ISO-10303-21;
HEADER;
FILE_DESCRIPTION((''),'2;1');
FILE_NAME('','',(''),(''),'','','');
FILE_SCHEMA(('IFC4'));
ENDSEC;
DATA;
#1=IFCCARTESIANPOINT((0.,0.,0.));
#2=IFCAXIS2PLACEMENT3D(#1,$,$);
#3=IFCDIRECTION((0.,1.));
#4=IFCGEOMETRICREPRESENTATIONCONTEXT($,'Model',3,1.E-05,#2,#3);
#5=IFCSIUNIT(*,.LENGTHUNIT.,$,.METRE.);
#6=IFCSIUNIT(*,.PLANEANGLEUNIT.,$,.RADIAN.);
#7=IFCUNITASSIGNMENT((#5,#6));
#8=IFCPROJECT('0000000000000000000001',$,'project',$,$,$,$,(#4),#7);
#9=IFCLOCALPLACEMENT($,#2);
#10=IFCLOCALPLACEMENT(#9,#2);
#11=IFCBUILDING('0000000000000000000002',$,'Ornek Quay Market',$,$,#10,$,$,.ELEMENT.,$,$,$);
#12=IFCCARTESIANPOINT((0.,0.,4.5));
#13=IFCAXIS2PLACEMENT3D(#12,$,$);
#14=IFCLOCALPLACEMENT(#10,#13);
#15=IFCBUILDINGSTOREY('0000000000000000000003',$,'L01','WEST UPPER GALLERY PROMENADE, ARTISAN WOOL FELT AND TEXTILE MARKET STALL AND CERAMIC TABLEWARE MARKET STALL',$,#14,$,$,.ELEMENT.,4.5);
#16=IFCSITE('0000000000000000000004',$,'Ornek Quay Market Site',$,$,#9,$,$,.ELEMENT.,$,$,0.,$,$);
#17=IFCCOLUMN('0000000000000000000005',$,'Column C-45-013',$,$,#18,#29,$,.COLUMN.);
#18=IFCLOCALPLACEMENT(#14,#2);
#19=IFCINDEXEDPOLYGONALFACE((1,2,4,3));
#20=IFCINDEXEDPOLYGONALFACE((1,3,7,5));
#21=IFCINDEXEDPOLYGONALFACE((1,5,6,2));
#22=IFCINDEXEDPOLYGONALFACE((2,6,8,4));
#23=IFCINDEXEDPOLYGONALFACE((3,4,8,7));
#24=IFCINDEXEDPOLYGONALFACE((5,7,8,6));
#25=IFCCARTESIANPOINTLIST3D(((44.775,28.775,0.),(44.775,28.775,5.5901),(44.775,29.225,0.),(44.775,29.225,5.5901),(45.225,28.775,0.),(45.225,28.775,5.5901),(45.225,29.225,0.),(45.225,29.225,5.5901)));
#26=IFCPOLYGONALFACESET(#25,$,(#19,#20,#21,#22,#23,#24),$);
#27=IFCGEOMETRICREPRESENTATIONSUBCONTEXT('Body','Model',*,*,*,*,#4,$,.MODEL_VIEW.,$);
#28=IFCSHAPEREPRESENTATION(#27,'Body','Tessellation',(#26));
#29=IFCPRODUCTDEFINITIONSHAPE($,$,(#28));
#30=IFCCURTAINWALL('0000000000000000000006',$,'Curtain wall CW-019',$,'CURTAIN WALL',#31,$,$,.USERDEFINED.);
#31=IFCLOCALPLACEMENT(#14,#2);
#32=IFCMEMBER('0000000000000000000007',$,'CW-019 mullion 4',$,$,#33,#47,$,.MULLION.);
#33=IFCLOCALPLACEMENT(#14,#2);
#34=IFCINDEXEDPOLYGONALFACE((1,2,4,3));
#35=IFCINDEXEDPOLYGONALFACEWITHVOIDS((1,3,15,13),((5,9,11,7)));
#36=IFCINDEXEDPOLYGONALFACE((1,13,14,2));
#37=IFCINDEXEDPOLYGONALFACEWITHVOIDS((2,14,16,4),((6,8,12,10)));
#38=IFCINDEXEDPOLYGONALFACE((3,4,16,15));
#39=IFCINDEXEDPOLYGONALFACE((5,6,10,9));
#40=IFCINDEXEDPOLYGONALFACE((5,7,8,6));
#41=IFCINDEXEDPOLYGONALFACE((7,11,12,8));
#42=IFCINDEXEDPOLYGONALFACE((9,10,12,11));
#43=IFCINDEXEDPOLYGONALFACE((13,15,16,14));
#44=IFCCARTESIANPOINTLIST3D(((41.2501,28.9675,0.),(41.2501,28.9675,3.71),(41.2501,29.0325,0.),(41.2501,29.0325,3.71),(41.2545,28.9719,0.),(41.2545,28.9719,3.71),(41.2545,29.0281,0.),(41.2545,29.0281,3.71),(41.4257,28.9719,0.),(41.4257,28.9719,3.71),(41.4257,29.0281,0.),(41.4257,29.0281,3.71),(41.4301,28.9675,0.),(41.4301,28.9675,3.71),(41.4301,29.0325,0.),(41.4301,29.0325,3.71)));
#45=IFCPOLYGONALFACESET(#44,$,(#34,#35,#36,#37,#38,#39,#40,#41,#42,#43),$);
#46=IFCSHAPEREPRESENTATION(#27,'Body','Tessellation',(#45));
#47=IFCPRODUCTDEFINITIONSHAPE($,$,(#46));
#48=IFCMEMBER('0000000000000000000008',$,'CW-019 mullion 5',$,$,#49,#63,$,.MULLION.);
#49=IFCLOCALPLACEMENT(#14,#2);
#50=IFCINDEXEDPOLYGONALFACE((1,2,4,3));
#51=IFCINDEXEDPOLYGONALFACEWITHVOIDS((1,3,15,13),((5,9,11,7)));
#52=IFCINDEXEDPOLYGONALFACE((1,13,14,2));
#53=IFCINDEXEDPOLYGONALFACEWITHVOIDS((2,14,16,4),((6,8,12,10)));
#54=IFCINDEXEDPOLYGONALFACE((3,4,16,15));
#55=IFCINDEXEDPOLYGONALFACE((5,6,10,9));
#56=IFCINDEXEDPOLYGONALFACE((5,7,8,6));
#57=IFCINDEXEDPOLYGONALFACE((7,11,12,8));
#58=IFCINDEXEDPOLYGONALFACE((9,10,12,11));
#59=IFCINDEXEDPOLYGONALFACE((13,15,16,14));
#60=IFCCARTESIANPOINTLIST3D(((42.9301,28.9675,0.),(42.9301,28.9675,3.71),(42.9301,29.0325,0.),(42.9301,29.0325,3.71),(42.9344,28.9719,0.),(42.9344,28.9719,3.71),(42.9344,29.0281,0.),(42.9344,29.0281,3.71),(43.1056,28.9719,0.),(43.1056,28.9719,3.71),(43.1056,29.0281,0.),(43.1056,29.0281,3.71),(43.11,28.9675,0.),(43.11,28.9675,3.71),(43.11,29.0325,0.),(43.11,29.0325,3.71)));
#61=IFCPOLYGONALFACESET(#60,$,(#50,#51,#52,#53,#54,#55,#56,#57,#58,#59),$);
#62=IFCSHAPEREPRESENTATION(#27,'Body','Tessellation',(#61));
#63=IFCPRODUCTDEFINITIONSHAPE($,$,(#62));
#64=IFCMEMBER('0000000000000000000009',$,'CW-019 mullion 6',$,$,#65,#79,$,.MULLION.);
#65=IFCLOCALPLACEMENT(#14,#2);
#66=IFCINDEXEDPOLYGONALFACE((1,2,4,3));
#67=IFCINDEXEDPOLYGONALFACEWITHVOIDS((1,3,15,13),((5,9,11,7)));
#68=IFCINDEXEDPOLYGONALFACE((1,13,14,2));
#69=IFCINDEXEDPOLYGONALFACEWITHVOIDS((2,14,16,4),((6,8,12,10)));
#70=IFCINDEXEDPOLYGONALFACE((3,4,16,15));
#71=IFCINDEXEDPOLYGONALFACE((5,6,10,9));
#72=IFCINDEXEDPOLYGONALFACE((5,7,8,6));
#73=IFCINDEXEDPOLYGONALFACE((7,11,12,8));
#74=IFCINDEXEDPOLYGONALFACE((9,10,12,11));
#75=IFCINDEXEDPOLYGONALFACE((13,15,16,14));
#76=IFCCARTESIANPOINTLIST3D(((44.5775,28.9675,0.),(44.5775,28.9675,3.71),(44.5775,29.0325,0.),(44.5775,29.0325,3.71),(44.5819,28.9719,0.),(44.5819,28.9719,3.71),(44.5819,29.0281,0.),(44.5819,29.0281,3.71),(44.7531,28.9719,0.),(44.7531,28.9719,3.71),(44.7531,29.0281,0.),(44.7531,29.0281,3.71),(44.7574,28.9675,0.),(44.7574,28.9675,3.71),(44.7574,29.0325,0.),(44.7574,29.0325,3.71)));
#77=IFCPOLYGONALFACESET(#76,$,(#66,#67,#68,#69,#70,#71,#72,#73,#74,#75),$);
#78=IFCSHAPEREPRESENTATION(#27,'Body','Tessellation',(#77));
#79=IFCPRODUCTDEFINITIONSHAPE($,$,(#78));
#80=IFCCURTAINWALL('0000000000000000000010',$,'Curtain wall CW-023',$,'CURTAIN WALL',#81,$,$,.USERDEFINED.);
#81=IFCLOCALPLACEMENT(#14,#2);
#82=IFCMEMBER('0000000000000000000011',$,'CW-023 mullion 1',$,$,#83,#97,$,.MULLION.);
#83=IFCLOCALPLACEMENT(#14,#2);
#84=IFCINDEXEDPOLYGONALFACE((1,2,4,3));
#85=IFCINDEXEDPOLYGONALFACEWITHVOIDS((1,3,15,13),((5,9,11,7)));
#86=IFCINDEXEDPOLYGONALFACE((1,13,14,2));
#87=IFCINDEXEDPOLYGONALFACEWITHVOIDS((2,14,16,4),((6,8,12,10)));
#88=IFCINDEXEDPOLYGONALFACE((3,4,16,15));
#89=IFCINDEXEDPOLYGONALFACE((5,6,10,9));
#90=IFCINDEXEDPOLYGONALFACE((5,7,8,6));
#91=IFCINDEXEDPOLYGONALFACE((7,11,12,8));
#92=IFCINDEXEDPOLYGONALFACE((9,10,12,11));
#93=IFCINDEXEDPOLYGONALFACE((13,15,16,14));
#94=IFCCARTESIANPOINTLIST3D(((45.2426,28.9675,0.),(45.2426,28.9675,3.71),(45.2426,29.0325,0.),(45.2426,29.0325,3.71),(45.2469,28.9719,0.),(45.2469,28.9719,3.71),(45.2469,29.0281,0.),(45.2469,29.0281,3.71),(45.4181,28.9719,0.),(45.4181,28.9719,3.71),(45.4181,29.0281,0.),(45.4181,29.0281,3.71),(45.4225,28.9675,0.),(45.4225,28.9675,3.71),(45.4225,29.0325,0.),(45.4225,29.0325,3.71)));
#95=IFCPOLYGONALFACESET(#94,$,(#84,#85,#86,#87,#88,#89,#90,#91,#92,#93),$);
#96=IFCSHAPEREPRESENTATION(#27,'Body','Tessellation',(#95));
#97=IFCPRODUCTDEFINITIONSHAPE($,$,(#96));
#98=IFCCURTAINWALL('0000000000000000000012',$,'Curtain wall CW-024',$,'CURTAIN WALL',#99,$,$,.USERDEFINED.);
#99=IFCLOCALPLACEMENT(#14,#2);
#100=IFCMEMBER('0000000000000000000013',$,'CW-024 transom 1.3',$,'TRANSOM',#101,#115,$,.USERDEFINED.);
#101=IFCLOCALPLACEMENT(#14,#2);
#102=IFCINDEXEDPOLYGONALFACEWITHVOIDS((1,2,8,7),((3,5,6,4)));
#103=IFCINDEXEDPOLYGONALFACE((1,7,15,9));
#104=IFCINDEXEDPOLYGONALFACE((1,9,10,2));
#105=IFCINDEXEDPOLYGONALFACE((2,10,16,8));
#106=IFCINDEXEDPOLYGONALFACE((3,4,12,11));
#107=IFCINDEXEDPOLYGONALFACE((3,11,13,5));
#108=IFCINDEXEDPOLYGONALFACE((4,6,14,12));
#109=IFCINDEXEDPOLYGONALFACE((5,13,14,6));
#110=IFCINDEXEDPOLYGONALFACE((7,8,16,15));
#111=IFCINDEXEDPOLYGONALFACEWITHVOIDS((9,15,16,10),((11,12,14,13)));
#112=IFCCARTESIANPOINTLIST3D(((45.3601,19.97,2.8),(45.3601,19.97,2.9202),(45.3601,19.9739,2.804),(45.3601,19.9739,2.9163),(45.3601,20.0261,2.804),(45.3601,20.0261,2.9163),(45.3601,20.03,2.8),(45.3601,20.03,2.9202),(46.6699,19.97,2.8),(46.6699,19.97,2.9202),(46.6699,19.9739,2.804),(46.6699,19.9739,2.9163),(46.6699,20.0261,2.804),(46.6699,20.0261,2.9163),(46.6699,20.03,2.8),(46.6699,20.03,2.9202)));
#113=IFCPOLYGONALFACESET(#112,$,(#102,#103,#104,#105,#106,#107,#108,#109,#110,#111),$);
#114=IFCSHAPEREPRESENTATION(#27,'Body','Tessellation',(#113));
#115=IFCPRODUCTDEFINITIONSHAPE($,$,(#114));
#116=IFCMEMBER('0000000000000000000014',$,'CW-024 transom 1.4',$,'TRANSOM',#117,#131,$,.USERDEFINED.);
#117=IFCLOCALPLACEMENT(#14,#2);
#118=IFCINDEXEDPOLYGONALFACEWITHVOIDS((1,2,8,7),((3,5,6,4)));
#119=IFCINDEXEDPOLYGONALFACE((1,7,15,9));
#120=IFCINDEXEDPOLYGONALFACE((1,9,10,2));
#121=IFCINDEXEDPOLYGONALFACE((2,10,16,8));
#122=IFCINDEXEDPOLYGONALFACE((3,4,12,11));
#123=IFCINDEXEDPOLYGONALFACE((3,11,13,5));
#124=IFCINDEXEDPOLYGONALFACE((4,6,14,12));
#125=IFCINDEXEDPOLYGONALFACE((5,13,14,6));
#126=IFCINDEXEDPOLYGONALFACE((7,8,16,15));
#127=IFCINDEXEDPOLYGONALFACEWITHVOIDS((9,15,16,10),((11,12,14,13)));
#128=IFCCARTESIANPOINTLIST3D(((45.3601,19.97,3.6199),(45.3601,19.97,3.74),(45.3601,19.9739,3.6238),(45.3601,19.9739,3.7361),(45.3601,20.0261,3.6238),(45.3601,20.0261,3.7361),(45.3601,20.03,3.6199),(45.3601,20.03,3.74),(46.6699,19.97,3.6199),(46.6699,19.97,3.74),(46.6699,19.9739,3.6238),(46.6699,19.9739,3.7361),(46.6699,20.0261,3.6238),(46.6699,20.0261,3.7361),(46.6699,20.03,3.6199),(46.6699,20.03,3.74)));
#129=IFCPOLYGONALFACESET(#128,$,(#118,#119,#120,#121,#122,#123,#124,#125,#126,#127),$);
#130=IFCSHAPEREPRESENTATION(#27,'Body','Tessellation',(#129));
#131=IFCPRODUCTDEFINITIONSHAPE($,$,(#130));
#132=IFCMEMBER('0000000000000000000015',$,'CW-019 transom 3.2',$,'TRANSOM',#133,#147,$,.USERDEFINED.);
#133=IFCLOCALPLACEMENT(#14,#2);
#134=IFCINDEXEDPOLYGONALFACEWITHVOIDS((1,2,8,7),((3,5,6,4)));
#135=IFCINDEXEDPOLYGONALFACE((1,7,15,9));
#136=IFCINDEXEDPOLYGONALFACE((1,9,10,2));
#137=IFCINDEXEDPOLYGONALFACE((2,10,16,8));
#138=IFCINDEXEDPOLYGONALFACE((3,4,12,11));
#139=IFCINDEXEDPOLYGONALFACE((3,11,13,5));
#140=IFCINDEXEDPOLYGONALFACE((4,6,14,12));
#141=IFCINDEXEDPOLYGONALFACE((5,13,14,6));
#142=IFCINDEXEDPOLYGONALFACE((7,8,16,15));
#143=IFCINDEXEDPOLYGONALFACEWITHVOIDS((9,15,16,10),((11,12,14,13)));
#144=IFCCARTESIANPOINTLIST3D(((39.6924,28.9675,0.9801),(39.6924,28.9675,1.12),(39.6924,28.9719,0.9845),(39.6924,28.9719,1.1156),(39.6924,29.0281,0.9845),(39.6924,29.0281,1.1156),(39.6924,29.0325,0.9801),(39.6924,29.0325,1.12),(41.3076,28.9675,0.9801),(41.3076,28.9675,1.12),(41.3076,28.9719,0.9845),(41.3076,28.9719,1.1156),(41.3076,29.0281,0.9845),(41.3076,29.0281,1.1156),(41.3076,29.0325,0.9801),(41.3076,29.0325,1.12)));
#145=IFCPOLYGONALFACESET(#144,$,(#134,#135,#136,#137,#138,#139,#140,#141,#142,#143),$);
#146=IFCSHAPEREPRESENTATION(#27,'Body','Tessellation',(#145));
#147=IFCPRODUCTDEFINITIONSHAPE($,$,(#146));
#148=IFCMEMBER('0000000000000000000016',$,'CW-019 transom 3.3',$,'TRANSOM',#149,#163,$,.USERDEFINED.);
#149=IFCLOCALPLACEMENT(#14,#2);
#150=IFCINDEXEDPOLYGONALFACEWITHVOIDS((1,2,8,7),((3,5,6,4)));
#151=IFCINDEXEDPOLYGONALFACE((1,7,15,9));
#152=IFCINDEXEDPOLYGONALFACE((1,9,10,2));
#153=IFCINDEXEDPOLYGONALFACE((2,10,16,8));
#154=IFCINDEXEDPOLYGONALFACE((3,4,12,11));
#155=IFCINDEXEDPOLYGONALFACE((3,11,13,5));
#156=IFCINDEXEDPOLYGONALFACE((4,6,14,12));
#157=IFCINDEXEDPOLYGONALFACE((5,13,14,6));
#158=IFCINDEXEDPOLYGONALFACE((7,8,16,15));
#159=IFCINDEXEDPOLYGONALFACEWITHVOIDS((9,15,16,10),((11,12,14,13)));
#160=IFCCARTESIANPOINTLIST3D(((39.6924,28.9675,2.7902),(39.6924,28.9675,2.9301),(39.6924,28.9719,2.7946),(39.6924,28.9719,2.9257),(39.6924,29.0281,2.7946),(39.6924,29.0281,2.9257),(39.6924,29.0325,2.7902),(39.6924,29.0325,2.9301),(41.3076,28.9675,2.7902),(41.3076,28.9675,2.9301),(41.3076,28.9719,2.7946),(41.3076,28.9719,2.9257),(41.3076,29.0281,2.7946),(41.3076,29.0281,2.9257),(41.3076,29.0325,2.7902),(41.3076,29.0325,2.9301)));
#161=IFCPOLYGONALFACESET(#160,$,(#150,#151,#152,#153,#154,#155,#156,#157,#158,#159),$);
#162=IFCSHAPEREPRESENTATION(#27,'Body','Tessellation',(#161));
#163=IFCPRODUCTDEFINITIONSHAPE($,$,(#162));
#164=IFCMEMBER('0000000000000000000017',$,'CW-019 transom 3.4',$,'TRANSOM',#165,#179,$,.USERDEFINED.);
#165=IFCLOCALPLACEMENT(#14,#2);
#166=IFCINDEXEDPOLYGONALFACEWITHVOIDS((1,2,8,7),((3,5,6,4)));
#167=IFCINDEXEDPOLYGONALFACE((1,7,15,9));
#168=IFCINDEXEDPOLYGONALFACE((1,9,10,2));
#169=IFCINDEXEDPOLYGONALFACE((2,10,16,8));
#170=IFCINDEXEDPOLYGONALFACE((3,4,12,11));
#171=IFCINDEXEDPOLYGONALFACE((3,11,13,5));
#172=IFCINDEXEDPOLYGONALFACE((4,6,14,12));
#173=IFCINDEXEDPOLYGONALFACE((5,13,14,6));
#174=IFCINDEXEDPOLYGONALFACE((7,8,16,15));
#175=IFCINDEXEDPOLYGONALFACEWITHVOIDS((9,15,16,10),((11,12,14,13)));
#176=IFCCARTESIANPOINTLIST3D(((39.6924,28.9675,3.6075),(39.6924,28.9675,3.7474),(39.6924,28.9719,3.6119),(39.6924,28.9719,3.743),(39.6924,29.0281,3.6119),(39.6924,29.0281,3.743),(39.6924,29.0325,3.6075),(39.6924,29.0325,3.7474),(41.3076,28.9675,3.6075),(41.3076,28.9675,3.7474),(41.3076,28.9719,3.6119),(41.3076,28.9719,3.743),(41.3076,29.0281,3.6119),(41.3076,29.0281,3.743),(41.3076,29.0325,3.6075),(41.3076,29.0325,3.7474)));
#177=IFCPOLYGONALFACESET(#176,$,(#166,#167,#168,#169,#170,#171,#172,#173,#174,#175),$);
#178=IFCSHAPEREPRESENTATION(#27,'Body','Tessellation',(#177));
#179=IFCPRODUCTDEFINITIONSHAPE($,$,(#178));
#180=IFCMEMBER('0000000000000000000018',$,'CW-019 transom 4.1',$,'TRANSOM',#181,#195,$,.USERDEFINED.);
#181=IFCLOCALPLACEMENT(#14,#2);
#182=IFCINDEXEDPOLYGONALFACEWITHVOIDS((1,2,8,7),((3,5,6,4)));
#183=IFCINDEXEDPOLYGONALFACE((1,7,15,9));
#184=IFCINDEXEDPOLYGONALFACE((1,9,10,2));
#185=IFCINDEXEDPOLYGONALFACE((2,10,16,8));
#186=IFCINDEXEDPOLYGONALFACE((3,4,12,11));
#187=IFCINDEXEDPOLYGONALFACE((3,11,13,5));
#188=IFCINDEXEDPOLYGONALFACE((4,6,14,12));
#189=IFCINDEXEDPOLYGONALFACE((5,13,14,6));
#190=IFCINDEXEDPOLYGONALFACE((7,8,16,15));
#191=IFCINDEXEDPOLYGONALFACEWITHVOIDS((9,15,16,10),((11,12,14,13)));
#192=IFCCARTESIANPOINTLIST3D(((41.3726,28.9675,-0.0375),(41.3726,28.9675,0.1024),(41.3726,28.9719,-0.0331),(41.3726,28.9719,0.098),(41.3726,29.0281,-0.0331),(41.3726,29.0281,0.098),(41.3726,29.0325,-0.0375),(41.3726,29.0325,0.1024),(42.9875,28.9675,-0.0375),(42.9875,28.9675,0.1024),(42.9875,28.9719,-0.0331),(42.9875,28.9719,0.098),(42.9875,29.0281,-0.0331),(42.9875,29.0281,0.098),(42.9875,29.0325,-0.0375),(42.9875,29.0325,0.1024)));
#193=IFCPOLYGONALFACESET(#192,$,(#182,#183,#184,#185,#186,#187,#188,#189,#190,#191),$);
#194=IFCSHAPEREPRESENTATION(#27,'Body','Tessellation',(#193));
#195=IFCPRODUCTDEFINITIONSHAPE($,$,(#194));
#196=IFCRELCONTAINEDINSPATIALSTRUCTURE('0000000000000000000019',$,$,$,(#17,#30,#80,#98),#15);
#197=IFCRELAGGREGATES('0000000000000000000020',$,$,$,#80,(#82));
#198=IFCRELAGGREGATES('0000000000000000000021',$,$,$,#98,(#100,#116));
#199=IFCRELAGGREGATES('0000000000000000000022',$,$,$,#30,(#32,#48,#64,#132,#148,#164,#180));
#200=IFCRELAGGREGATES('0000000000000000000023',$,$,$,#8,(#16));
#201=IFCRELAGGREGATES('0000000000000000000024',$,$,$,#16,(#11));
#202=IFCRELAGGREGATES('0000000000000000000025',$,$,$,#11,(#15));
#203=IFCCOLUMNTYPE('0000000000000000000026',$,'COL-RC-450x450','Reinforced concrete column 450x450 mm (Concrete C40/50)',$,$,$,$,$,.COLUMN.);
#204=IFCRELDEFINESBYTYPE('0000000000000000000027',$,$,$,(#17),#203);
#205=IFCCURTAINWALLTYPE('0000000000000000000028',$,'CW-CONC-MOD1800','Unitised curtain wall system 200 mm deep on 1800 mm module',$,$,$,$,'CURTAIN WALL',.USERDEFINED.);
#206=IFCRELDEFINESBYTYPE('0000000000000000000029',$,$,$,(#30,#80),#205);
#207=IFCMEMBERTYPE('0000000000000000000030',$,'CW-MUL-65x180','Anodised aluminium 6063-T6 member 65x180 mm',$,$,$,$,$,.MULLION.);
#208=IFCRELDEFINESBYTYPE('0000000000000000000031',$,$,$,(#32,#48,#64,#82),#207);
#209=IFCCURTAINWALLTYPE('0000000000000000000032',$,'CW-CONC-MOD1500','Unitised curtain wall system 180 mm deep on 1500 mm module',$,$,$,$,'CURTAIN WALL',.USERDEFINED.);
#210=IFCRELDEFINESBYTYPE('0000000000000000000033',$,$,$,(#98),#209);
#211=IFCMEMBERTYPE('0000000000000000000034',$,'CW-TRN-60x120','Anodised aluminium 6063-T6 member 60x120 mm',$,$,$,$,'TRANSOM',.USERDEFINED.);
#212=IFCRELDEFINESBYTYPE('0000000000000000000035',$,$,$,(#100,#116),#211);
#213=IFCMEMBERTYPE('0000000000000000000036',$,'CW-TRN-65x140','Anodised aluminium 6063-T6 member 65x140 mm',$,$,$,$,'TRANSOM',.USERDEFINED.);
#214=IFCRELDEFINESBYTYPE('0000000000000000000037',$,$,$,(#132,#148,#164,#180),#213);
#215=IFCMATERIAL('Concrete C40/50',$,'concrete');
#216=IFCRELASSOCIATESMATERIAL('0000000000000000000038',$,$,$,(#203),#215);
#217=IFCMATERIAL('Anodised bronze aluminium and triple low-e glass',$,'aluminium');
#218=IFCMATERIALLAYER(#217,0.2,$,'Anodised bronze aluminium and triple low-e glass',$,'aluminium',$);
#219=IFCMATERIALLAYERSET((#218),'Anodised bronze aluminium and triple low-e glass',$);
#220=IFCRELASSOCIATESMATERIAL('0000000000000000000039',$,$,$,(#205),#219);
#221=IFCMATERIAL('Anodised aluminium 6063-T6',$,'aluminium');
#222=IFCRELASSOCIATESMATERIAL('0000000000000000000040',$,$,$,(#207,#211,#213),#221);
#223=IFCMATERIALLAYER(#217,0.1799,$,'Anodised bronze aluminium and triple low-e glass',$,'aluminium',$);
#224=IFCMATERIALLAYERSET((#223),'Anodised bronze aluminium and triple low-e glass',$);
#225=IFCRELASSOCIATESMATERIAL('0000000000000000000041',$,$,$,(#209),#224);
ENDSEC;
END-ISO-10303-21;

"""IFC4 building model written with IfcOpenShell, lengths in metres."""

from ifc_helpers import new_model, si_unit, direction, frame, origin, origin_2d, place, context, subcontext, project, spatial, rectangle, hollow_rectangle, extrude, material, layer, layer_set, material_profile, profile_set, type_object, element, aggregate, save


model = new_model("IFC4")

# Units and contexts
model_context = context("Model", 3, precision=1e-05, world=origin(), true_north=direction((0.0, 1.0)))
body_context = subcontext(model_context, "Body", "Model", "MODEL_VIEW")
ifc_project = project(units=[si_unit("LENGTHUNIT", "METRE"), si_unit("PLANEANGLEUNIT", "RADIAN")], contexts=[model_context])

# Site, building, storey
site_placement = place(None, origin())
site = spatial("IfcSite", under=ifc_project, at=site_placement, Name="Ornek Quay Market Site", CompositionType="ELEMENT", RefElevation=0.0)
building_placement = place(site_placement, origin())
building = spatial("IfcBuilding", under=site, at=building_placement, Name="Ornek Quay Market", CompositionType="ELEMENT")
storey_placement = place(building_placement, frame((0.0, 0.0, 4.5)))
storey = spatial("IfcBuildingStorey", under=building, at=storey_placement, Name="L01", Description="WEST UPPER GALLERY PROMENADE, ARTISAN WOOL FELT AND TEXTILE MARKET STALL AND CERAMIC TABLEWARE MARKET STALL", CompositionType="ELEMENT", Elevation=4.5)

# Column
ifc_material_1 = material(Name="Concrete C40/50", Category="concrete")
ifc_material_profile_1 = material_profile(ifc_material_1, rectangle(XDim=0.45, YDim=0.45, at=origin_2d()), Name="RC 450x450", Category="concrete")
ifc_profile_set_1 = profile_set([ifc_material_profile_1], Name="Concrete C40/50")
column_type = type_object("IfcColumnType", Name="COL-RC-450x450", Description="Reinforced concrete column 450x450 mm (Concrete C40/50)", PredefinedType="COLUMN", material=ifc_profile_set_1)
column_placement = place(storey_placement, frame((45.0, 29.0, 0.0), z_axis=(0.0, 0.0, 1.0), x_axis=(1.0, 0.0, 0.0)))
element("IfcColumn", 1, at=column_placement, inside=storey, type_object=column_type, Name="Column C-45-013", PredefinedType="COLUMN", context=body_context, shape_type="SweptSolid", body=[
    extrude(rectangle(XDim=0.45, YDim=0.45, at=origin_2d()), origin(), (0.0, 0.0, 1.0), 5.5901),
])

# Curtain wall, members
ifc_material_2 = material(Name="Anodised bronze aluminium and triple low-e glass", Category="aluminium")
ifc_layer_1 = layer(ifc_material_2, 0.2, Name="Anodised bronze aluminium and triple low-e glass", Category="aluminium")
ifc_layer_set_1 = layer_set([ifc_layer_1], Name="Anodised bronze aluminium and triple low-e glass")
curtain_wall_type_1 = type_object("IfcCurtainWallType", Name="CW-CONC-MOD1800", Description="Unitised curtain wall system 200 mm deep on 1800 mm module", ElementType="CURTAIN WALL", PredefinedType="USERDEFINED", material=ifc_layer_set_1)
curtain_wall_1_placement = place(storey_placement, origin())
curtain_wall_1 = element("IfcCurtainWall", 2, at=curtain_wall_1_placement, inside=storey, type_object=curtain_wall_type_1, Name="Curtain wall CW-019", ObjectType="CURTAIN WALL", PredefinedType="USERDEFINED")
ifc_material_3 = material(Name="Anodised aluminium 6063-T6", Category="aluminium")
ifc_material_profile_2 = material_profile(ifc_material_3, hollow_rectangle(XDim=0.0649, YDim=0.1799, WallThickness=0.0044, at=origin_2d()), Name="CW-MUL-65x180", Category="aluminium")
ifc_profile_set_2 = profile_set([ifc_material_profile_2], Name="Anodised aluminium 6063-T6")
member_type_1 = type_object("IfcMemberType", Name="CW-MUL-65x180", Description="Anodised aluminium 6063-T6 member 65x180 mm", PredefinedType="MULLION", material=ifc_profile_set_2)
member_1_placement = place(storey_placement, frame((41.3401, 29.0, 0.0), z_axis=(0.0, 0.0, 1.0), x_axis=(0.0, 1.0, 0.0)))
member_1 = element("IfcMember", 3, at=member_1_placement, type_object=member_type_1, Name="CW-019 mullion 4", PredefinedType="MULLION", context=body_context, shape_type="SweptSolid", body=[
    extrude(hollow_rectangle(XDim=0.0649, YDim=0.1799, WallThickness=0.0044, at=origin_2d()), origin(), (0.0, 0.0, 1.0), 3.71),
])
member_2_placement = place(storey_placement, frame((43.02, 29.0, 0.0), z_axis=(0.0, 0.0, 1.0), x_axis=(0.0, 1.0, 0.0)))
member_2 = element("IfcMember", 4, at=member_2_placement, type_object=member_type_1, Name="CW-019 mullion 5", PredefinedType="MULLION", context=body_context, shape_type="SweptSolid", body=[
    extrude(hollow_rectangle(XDim=0.0649, YDim=0.1799, WallThickness=0.0044, at=origin_2d()), origin(), (0.0, 0.0, 1.0), 3.71),
])
member_3_placement = place(storey_placement, frame((44.6675, 29.0, 0.0), z_axis=(0.0, 0.0, 1.0), x_axis=(0.0, 1.0, 0.0)))
member_3 = element("IfcMember", 5, at=member_3_placement, type_object=member_type_1, Name="CW-019 mullion 6", PredefinedType="MULLION", context=body_context, shape_type="SweptSolid", body=[
    extrude(hollow_rectangle(XDim=0.0649, YDim=0.1799, WallThickness=0.0044, at=origin_2d()), origin(), (0.0, 0.0, 1.0), 3.71),
])

# Curtain wall, member
curtain_wall_2_placement = place(storey_placement, origin())
curtain_wall_2 = element("IfcCurtainWall", 6, at=curtain_wall_2_placement, inside=storey, type_object=curtain_wall_type_1, Name="Curtain wall CW-023", ObjectType="CURTAIN WALL", PredefinedType="USERDEFINED")
member_4_placement = place(storey_placement, frame((45.3325, 29.0, 0.0), z_axis=(0.0, 0.0, 1.0), x_axis=(0.0, 1.0, 0.0)))
member_4 = element("IfcMember", 7, at=member_4_placement, type_object=member_type_1, Name="CW-023 mullion 1", PredefinedType="MULLION", context=body_context, shape_type="SweptSolid", body=[
    extrude(hollow_rectangle(XDim=0.0649, YDim=0.1799, WallThickness=0.0044, at=origin_2d()), origin(), (0.0, 0.0, 1.0), 3.71),
])

# Curtain wall, members
ifc_layer_2 = layer(ifc_material_2, 0.1799, Name="Anodised bronze aluminium and triple low-e glass", Category="aluminium")
ifc_layer_set_2 = layer_set([ifc_layer_2], Name="Anodised bronze aluminium and triple low-e glass")
curtain_wall_type_2 = type_object("IfcCurtainWallType", Name="CW-CONC-MOD1500", Description="Unitised curtain wall system 180 mm deep on 1500 mm module", ElementType="CURTAIN WALL", PredefinedType="USERDEFINED", material=ifc_layer_set_2)
curtain_wall_3_placement = place(storey_placement, origin())
curtain_wall_3 = element("IfcCurtainWall", 8, at=curtain_wall_3_placement, inside=storey, type_object=curtain_wall_type_2, Name="Curtain wall CW-024", ObjectType="CURTAIN WALL", PredefinedType="USERDEFINED")
ifc_material_profile_3 = material_profile(ifc_material_3, hollow_rectangle(XDim=0.0601, YDim=0.1201, WallThickness=0.0039, at=origin_2d()), Name="CW-TRN-60x120", Category="aluminium")
ifc_profile_set_3 = profile_set([ifc_material_profile_3], Name="Anodised aluminium 6063-T6")
member_type_2 = type_object("IfcMemberType", Name="CW-TRN-60x120", Description="Anodised aluminium 6063-T6 member 60x120 mm", ElementType="TRANSOM", PredefinedType="USERDEFINED", material=ifc_profile_set_3)
member_5_placement = place(storey_placement, frame((45.3601, 20.0, 2.8601), z_axis=(1.0, 0.0, 0.0), x_axis=(0.0, 1.0, 0.0)))
member_5 = element("IfcMember", 9, at=member_5_placement, type_object=member_type_2, Name="CW-024 transom 1.3", ObjectType="TRANSOM", PredefinedType="USERDEFINED", context=body_context, shape_type="SweptSolid", body=[
    extrude(hollow_rectangle(XDim=0.0601, YDim=0.1201, WallThickness=0.0039, at=origin_2d()), origin(), (0.0, 0.0, 1.0), 1.3098),
])
member_6_placement = place(storey_placement, frame((45.3601, 20.0, 3.6799), z_axis=(1.0, 0.0, 0.0), x_axis=(0.0, 1.0, 0.0)))
member_6 = element("IfcMember", 10, at=member_6_placement, type_object=member_type_2, Name="CW-024 transom 1.4", ObjectType="TRANSOM", PredefinedType="USERDEFINED", context=body_context, shape_type="SweptSolid", body=[
    extrude(hollow_rectangle(XDim=0.0601, YDim=0.1201, WallThickness=0.0039, at=origin_2d()), origin(), (0.0, 0.0, 1.0), 1.3098),
])

# Members
ifc_material_profile_4 = material_profile(ifc_material_3, hollow_rectangle(XDim=0.0649, YDim=0.1399, WallThickness=0.0044, at=origin_2d()), Name="CW-TRN-65x140", Category="aluminium")
ifc_profile_set_4 = profile_set([ifc_material_profile_4], Name="Anodised aluminium 6063-T6")
member_type_3 = type_object("IfcMemberType", Name="CW-TRN-65x140", Description="Anodised aluminium 6063-T6 member 65x140 mm", ElementType="TRANSOM", PredefinedType="USERDEFINED", material=ifc_profile_set_4)
member_7_placement = place(storey_placement, frame((39.6924, 29.0, 1.05), z_axis=(1.0, 0.0, 0.0), x_axis=(0.0, 1.0, 0.0)))
member_7 = element("IfcMember", 11, at=member_7_placement, type_object=member_type_3, Name="CW-019 transom 3.2", ObjectType="TRANSOM", PredefinedType="USERDEFINED", context=body_context, shape_type="SweptSolid", body=[
    extrude(hollow_rectangle(XDim=0.0649, YDim=0.1399, WallThickness=0.0044, at=origin_2d()), origin(), (0.0, 0.0, 1.0), 1.6152),
])
member_8_placement = place(storey_placement, frame((39.6924, 29.0, 2.8601), z_axis=(1.0, 0.0, 0.0), x_axis=(0.0, 1.0, 0.0)))
member_8 = element("IfcMember", 12, at=member_8_placement, type_object=member_type_3, Name="CW-019 transom 3.3", ObjectType="TRANSOM", PredefinedType="USERDEFINED", context=body_context, shape_type="SweptSolid", body=[
    extrude(hollow_rectangle(XDim=0.0649, YDim=0.1399, WallThickness=0.0044, at=origin_2d()), origin(), (0.0, 0.0, 1.0), 1.6152),
])
member_9_placement = place(storey_placement, frame((39.6924, 29.0, 3.6775), z_axis=(1.0, 0.0, 0.0), x_axis=(0.0, 1.0, 0.0)))
member_9 = element("IfcMember", 13, at=member_9_placement, type_object=member_type_3, Name="CW-019 transom 3.4", ObjectType="TRANSOM", PredefinedType="USERDEFINED", context=body_context, shape_type="SweptSolid", body=[
    extrude(hollow_rectangle(XDim=0.0649, YDim=0.1399, WallThickness=0.0044, at=origin_2d()), origin(), (0.0, 0.0, 1.0), 1.6152),
])
member_10_placement = place(storey_placement, frame((41.3726, 29.0, 0.0325), z_axis=(1.0, 0.0, 0.0), x_axis=(0.0, 1.0, 0.0)))
member_10 = element("IfcMember", 14, at=member_10_placement, type_object=member_type_3, Name="CW-019 transom 4.1", ObjectType="TRANSOM", PredefinedType="USERDEFINED", context=body_context, shape_type="SweptSolid", body=[
    extrude(hollow_rectangle(XDim=0.0649, YDim=0.1399, WallThickness=0.0044, at=origin_2d()), origin(), (0.0, 0.0, 1.0), 1.615),
])
aggregate(curtain_wall_2, [member_4])

aggregate(curtain_wall_3, [member_5, member_6])
aggregate(curtain_wall_1, [member_1, member_2, member_3, member_7, member_8, member_9, member_10])

save(model, "model.ifc")
